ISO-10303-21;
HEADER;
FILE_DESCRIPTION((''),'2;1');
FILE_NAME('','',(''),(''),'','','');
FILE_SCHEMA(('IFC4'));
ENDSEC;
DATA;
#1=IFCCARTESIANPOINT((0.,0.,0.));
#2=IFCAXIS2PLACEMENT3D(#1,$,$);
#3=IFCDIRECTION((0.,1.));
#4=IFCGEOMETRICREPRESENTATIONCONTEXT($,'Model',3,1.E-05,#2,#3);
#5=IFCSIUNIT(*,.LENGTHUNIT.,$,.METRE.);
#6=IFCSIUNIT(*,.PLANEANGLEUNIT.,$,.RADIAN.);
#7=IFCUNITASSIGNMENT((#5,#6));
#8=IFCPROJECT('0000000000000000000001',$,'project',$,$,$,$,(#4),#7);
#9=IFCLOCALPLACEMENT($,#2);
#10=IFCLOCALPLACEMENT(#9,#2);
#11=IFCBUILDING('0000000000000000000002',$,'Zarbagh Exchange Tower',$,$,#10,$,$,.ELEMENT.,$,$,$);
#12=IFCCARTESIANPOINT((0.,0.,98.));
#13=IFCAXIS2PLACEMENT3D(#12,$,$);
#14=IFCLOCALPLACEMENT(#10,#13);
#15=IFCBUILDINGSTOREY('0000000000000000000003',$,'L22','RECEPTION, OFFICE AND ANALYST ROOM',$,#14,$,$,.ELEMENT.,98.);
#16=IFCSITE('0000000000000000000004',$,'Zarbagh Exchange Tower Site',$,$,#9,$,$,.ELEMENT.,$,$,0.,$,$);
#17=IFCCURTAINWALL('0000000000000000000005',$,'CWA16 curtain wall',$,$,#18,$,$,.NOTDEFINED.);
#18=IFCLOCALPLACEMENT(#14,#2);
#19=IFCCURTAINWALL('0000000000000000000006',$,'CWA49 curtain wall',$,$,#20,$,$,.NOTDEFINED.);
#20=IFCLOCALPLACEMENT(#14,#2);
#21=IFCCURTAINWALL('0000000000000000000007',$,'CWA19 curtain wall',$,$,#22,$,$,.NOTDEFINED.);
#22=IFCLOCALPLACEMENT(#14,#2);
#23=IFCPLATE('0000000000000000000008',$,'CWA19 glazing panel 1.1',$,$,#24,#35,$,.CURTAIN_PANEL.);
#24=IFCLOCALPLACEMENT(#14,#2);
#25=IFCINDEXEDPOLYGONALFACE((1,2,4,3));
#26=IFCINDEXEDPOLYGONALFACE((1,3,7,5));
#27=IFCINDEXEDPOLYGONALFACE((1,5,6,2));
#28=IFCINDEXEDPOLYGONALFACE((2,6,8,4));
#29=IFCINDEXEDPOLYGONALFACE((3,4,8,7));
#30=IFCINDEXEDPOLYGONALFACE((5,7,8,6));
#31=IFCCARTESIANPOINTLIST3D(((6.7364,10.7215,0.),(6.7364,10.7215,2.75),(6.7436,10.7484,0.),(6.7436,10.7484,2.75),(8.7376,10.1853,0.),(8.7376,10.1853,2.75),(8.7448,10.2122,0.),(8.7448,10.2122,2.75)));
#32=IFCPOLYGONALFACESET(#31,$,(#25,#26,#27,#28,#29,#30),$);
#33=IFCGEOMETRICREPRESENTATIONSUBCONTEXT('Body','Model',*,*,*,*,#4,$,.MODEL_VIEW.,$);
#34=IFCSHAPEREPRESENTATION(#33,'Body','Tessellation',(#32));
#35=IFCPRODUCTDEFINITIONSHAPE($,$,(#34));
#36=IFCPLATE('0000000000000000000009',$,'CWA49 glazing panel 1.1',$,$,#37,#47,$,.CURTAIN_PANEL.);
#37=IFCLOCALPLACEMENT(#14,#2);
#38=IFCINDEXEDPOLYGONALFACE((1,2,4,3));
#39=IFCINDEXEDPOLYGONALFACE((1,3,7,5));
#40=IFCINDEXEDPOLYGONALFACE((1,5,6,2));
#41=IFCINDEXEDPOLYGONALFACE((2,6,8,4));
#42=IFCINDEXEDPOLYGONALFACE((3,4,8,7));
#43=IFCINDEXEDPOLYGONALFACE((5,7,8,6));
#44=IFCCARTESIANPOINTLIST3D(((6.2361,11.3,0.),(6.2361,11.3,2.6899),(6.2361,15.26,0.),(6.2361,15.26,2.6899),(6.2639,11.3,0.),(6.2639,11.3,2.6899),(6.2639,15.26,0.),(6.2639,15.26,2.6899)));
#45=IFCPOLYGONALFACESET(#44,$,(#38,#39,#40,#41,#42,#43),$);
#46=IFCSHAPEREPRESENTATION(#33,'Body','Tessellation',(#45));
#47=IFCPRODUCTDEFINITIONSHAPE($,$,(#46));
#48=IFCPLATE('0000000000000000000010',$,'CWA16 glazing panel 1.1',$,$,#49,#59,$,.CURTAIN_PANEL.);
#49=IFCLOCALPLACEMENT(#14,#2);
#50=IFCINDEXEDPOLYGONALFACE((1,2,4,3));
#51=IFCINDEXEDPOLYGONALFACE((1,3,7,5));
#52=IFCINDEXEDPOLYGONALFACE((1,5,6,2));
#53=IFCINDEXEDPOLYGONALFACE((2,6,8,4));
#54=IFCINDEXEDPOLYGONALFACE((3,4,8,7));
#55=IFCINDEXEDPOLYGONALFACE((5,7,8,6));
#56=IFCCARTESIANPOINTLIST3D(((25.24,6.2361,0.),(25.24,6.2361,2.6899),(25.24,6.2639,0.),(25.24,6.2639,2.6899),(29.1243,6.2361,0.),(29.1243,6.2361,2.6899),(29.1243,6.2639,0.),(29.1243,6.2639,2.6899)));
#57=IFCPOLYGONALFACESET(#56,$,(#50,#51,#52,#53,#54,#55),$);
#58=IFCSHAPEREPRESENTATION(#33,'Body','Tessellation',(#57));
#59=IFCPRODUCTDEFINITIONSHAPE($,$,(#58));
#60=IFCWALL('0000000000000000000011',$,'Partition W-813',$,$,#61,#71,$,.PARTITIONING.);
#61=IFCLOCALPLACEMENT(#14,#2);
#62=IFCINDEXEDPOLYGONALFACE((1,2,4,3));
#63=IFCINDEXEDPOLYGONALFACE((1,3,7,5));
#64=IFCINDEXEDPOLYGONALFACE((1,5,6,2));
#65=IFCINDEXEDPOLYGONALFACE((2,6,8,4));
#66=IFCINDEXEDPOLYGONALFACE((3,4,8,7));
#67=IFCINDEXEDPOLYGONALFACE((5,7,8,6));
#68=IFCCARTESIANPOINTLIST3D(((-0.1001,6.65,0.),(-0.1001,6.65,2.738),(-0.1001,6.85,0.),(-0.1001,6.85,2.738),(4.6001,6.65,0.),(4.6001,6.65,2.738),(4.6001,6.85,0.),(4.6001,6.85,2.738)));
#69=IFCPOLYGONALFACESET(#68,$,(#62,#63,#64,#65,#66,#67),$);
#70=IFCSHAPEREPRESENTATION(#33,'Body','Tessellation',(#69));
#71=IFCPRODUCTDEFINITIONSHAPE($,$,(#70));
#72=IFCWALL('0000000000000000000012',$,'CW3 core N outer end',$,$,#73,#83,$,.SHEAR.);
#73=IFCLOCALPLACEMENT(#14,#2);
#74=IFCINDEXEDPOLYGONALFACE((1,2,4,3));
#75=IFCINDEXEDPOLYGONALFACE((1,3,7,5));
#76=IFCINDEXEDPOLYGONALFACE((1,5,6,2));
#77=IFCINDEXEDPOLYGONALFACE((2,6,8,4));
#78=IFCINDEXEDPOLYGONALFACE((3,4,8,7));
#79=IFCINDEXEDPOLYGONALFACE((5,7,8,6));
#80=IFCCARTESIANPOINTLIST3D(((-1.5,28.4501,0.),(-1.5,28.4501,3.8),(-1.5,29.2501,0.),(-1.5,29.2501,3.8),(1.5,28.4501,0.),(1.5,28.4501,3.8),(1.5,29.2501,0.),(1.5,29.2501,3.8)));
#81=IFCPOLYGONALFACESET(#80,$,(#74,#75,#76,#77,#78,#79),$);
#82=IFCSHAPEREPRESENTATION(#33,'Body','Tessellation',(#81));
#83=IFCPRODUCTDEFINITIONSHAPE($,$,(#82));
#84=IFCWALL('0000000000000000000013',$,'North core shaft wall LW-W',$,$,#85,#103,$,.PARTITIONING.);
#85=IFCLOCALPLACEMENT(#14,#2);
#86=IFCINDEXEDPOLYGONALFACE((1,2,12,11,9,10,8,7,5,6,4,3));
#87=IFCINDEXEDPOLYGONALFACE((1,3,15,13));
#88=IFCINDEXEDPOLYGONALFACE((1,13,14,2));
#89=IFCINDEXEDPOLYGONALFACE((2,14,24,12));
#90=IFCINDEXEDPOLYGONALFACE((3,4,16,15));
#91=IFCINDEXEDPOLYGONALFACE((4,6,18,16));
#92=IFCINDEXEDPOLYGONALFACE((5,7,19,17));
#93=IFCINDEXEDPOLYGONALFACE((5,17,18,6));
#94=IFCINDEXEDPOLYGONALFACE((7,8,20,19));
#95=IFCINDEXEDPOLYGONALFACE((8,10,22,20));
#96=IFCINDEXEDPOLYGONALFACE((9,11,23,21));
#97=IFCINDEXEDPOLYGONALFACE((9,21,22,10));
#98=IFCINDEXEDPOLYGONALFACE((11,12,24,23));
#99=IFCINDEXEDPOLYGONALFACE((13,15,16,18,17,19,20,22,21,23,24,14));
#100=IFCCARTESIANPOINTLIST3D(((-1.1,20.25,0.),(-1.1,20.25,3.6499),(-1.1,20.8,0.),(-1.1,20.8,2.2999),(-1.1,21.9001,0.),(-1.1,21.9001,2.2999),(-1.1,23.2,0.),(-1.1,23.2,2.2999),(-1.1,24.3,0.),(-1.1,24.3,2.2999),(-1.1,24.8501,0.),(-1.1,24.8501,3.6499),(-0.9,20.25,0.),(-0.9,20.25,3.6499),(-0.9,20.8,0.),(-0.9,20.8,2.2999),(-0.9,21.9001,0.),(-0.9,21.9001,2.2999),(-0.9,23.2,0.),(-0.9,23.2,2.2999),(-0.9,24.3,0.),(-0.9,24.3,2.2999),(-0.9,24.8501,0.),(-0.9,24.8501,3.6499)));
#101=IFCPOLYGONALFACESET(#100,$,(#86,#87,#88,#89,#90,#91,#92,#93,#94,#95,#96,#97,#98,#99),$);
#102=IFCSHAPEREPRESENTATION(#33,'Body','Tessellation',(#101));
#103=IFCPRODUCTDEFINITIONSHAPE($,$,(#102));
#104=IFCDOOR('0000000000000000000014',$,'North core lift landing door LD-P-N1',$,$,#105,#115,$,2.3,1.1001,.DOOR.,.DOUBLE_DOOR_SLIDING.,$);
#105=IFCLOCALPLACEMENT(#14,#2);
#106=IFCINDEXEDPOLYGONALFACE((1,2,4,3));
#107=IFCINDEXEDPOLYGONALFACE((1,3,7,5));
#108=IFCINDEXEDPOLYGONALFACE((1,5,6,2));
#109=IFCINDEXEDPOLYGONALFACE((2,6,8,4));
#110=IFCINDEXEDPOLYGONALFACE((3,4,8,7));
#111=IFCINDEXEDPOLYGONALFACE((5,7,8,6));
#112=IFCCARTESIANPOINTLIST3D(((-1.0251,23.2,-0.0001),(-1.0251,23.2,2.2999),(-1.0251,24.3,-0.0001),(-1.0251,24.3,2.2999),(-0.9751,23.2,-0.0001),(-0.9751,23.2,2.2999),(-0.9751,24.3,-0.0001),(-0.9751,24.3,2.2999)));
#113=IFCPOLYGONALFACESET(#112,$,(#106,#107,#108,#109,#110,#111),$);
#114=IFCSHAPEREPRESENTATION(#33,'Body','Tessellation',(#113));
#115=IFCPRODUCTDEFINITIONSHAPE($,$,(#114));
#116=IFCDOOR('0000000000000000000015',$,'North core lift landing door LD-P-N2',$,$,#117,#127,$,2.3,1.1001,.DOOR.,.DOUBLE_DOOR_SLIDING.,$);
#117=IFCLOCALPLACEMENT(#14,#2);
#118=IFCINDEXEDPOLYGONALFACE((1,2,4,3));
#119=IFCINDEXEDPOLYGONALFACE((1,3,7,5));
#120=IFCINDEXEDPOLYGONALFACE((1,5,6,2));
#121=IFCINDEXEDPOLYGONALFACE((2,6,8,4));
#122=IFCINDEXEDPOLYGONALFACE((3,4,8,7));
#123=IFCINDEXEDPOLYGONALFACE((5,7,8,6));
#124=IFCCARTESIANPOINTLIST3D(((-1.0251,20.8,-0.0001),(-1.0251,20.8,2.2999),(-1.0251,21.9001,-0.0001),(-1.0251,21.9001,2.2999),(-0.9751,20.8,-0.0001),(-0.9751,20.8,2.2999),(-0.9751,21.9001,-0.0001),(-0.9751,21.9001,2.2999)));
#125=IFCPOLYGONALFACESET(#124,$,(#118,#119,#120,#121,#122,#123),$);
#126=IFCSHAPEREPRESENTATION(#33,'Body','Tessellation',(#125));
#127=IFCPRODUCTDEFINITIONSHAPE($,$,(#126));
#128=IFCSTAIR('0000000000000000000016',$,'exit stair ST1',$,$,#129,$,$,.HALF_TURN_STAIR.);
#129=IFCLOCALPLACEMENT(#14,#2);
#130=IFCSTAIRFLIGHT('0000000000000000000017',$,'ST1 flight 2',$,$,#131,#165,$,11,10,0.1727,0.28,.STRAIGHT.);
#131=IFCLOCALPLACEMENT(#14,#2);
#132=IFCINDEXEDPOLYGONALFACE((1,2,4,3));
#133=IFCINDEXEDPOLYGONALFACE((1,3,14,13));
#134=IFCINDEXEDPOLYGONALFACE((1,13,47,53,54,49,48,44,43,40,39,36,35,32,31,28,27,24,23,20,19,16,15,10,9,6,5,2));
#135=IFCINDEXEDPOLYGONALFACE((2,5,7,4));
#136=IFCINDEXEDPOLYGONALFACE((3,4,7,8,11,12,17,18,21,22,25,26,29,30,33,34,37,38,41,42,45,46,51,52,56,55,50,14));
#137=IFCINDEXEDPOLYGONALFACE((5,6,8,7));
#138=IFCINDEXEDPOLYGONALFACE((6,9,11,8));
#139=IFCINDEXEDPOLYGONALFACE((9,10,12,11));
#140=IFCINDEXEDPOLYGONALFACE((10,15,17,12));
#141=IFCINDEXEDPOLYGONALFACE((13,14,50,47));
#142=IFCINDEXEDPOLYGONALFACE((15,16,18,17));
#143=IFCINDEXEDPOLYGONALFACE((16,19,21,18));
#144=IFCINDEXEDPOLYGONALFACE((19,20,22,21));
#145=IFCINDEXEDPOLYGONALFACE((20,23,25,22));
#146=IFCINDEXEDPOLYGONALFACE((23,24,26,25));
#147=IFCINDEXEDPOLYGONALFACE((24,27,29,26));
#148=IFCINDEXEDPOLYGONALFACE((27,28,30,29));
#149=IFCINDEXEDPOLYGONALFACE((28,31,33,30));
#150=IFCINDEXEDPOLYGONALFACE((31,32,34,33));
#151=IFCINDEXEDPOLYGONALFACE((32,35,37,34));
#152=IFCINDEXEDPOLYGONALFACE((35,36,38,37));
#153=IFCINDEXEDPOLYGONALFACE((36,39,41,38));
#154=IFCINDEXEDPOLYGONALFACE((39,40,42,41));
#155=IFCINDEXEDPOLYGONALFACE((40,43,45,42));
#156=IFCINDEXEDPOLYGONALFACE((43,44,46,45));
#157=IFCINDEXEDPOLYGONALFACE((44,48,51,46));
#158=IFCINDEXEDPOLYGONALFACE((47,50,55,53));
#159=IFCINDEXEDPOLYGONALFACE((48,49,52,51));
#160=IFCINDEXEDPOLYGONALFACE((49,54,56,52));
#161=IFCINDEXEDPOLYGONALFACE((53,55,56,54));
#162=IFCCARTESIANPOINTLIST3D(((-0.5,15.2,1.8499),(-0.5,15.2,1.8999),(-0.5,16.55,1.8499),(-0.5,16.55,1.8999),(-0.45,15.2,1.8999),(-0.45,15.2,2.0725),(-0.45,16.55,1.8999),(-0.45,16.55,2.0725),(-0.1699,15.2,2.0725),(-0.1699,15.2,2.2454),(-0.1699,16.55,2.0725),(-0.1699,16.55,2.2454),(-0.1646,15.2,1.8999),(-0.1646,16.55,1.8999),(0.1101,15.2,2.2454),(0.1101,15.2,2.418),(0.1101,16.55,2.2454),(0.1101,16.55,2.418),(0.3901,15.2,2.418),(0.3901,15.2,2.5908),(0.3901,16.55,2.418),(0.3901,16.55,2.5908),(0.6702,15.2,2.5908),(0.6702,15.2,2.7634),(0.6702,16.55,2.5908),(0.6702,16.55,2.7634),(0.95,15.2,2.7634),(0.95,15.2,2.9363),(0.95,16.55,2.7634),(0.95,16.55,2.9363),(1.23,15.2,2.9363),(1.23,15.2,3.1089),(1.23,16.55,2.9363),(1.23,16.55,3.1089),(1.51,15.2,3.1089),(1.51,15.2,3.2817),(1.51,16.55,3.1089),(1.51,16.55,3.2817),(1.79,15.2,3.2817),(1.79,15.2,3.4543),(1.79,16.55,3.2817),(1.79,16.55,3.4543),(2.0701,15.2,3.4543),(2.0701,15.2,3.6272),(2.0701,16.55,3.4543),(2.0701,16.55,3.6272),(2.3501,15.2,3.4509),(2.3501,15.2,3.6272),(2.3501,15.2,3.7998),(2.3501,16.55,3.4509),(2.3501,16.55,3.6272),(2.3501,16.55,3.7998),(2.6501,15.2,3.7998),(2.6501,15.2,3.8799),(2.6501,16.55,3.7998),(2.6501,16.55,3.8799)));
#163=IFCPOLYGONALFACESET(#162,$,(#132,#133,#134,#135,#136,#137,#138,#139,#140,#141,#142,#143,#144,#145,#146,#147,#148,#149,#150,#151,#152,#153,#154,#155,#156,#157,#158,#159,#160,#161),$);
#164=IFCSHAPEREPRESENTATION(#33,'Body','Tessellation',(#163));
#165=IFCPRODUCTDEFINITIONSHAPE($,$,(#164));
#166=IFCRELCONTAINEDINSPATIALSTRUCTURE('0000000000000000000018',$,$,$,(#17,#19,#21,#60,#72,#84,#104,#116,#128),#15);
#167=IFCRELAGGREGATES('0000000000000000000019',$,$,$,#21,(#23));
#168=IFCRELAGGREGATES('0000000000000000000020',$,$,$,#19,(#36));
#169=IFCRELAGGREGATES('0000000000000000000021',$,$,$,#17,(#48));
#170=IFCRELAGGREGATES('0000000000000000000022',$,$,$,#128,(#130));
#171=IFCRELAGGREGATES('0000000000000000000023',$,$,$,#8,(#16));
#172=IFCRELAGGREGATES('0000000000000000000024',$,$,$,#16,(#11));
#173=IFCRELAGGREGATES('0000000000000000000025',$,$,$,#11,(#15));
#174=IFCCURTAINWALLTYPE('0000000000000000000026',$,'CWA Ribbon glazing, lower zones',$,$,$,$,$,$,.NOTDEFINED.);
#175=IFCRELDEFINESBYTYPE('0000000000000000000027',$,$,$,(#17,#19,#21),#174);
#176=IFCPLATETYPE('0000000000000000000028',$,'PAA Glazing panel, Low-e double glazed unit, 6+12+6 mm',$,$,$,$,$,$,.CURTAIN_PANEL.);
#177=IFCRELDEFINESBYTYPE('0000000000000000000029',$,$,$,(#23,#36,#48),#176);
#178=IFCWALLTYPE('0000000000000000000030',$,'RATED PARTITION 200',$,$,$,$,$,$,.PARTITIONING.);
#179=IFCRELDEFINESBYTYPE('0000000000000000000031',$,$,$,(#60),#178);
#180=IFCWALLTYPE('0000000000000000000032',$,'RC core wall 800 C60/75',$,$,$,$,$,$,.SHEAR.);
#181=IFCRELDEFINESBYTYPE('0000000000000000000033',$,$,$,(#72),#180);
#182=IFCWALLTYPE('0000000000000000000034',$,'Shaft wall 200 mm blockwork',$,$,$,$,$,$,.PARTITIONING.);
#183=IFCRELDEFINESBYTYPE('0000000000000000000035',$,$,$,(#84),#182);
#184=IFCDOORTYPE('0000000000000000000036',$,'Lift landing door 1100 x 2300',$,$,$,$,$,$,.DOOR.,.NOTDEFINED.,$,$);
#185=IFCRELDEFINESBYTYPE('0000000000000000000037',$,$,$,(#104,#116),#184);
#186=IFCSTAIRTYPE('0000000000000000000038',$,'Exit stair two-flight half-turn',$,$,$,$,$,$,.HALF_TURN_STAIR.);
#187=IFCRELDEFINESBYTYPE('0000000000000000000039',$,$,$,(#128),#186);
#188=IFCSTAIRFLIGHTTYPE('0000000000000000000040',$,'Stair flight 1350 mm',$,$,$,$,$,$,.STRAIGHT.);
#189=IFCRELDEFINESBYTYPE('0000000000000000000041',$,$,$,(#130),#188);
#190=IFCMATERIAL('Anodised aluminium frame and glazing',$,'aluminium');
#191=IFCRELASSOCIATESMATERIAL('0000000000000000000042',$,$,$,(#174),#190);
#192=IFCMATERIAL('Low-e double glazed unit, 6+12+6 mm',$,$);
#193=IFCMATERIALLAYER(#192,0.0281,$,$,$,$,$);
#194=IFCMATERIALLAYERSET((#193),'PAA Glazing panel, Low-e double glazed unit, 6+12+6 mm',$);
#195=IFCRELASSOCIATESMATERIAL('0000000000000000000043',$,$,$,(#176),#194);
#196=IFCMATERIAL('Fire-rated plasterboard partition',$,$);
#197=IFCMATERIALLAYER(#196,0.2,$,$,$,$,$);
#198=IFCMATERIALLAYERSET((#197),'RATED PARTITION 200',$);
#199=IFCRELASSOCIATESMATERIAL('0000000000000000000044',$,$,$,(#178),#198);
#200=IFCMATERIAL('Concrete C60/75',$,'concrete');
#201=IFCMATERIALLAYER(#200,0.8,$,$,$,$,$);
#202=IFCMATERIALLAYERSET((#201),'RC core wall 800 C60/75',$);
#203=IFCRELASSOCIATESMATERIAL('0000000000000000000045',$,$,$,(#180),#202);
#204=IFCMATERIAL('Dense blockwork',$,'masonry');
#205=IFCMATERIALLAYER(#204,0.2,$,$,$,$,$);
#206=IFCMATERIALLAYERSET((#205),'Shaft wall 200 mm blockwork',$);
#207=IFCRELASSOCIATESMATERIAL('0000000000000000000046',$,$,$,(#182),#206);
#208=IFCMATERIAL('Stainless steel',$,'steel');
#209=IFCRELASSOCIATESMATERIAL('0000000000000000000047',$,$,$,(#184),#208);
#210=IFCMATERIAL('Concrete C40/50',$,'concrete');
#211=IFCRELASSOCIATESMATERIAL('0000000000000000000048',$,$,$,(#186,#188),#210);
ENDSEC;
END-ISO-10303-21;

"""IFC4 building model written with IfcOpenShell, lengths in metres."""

from ifc_helpers import new_model, si_unit, direction, frame, frame_2d, origin, place, context, subcontext, project, spatial, polyline, rectangle, outline, extrude, source, transform, mapped, material, layer, layer_set, type_object, element, fill, aggregate, save


model = new_model("IFC4")

# Units and contexts
model_context = context("Model", 3, precision=1e-05, world=origin(), true_north=direction((0.0, 1.0)))
body_context = subcontext(model_context, "Body", "Model", "MODEL_VIEW")
ifc_project = project(units=[si_unit("LENGTHUNIT", "METRE"), si_unit("PLANEANGLEUNIT", "RADIAN")], contexts=[model_context])

# Site, building, storey
site_placement = place(None, origin())
site = spatial("IfcSite", under=ifc_project, at=site_placement, Name="Zarbagh Exchange Tower Site", CompositionType="ELEMENT", RefElevation=0.0)
building_placement = place(site_placement, origin())
building = spatial("IfcBuilding", under=site, at=building_placement, Name="Zarbagh Exchange Tower", CompositionType="ELEMENT")
storey_placement = place(building_placement, frame((0.0, 0.0, 98.0)))
storey = spatial("IfcBuildingStorey", under=building, at=storey_placement, Name="L22", Description="RECEPTION, OFFICE AND ANALYST ROOM", CompositionType="ELEMENT", Elevation=98.0)

# Curtain wall
ifc_material_1 = material(Name="Anodised aluminium frame and glazing", Category="aluminium")
curtain_wall_type = type_object("IfcCurtainWallType", Name="CWA Ribbon glazing, lower zones", PredefinedType="NOTDEFINED", material=ifc_material_1)
curtain_wall_1_placement = place(storey_placement, origin())
curtain_wall_1 = element("IfcCurtainWall", 1, at=curtain_wall_1_placement, inside=storey, type_object=curtain_wall_type, Name="CWA16 curtain wall", PredefinedType="NOTDEFINED")
placement = place(storey_placement, origin())

# Curtain wall
curtain_wall_2_placement = place(storey_placement, origin())
curtain_wall_2 = element("IfcCurtainWall", 2, at=curtain_wall_2_placement, inside=storey, type_object=curtain_wall_type, Name="CWA49 curtain wall", PredefinedType="NOTDEFINED")

# Shared definitions
ifc_material_2 = material(Name="Low-e double glazed unit, 6+12+6 mm")
ifc_layer_1 = layer(ifc_material_2, 0.0281)
ifc_layer_set_1 = layer_set([ifc_layer_1], Name="PAA Glazing panel, Low-e double glazed unit, 6+12+6 mm")
plate_type = type_object("IfcPlateType", Name="PAA Glazing panel, Low-e double glazed unit, 6+12+6 mm", PredefinedType="CURTAIN_PANEL", material=ifc_layer_set_1)

# Curtain wall, plate
curtain_wall_3_placement = place(storey_placement, origin())
curtain_wall_3 = element("IfcCurtainWall", 3, at=curtain_wall_3_placement, inside=storey, type_object=curtain_wall_type, Name="CWA19 curtain wall", PredefinedType="NOTDEFINED")
shared_shape_1 = source(origin(), body_context, "Body", "SweptSolid", [
    extrude(outline(polyline([(0.0, -0.0139), (2.0718, -0.0139), (2.0718, 0.0139), (0.0, 0.0139), (0.0, -0.0139)])), origin(), (0.0, 0.0, 1.0), 2.75),
])
plate_1 = element("IfcPlate", 4, at=placement, type_object=plate_type, Name="CWA19 glazing panel 1.1", PredefinedType="CURTAIN_PANEL", context=body_context, shape_type="MappedRepresentation", body=[
    mapped(shared_shape_1, transform((8.7412, 10.1987, 0.0), x_axis=(-0.965924, 0.258825, 0.0), y_axis=(-0.258825, -0.965924, 0.0), z_axis=(0.0, 0.0, 1.0))),
])
aggregate(curtain_wall_3, [plate_1])

# Plates
shared_shape_2 = source(origin(), body_context, "Body", "SweptSolid", [
    extrude(outline(polyline([(0.0, -0.0139), (3.96, -0.0139), (3.96, 0.0139), (0.0, 0.0139), (0.0, -0.0139)])), origin(), (0.0, 0.0, 1.0), 2.6899),
])
plate_2 = element("IfcPlate", 5, at=placement, type_object=plate_type, Name="CWA49 glazing panel 1.1", PredefinedType="CURTAIN_PANEL", context=body_context, shape_type="MappedRepresentation", body=[
    mapped(shared_shape_2, transform((6.25, 11.3, 0.0), x_axis=(0.0, 1.0, 0.0), y_axis=(-1.0, 0.0, 0.0), z_axis=(0.0, 0.0, 1.0))),
])
aggregate(curtain_wall_2, [plate_2])
shared_shape_3 = source(origin(), body_context, "Body", "SweptSolid", [
    extrude(outline(polyline([(0.0, -0.0139), (3.8843, -0.0139), (3.8843, 0.0139), (0.0, 0.0139), (0.0, -0.0139)])), origin(), (0.0, 0.0, 1.0), 2.6899),
])
plate_3 = element("IfcPlate", 6, at=placement, type_object=plate_type, Name="CWA16 glazing panel 1.1", PredefinedType="CURTAIN_PANEL", context=body_context, shape_type="MappedRepresentation", body=[
    mapped(shared_shape_3, transform((29.1243, 6.25, 0.0), x_axis=(-1.0, 0.0, 0.0), y_axis=(0.0, -1.0, 0.0), z_axis=(0.0, 0.0, 1.0))),
])
aggregate(curtain_wall_1, [plate_3])

# Walls
ifc_material_3 = material(Name="Fire-rated plasterboard partition")
ifc_layer_2 = layer(ifc_material_3, 0.2)
ifc_layer_set_2 = layer_set([ifc_layer_2], Name="RATED PARTITION 200")
wall_type_1 = type_object("IfcWallType", Name="RATED PARTITION 200", PredefinedType="PARTITIONING", material=ifc_layer_set_2)
wall_1_placement = place(storey_placement, frame((-0.1001, 6.75, 0.0), z_axis=(0.0, 0.0, 1.0), x_axis=(1.0, 0.0, 0.0)))
element("IfcWall", 7, at=wall_1_placement, inside=storey, type_object=wall_type_1, Name="Partition W-813", PredefinedType="PARTITIONING", context=body_context, shape_type="SweptSolid", body=[
    extrude(rectangle(XDim=4.7002, YDim=0.2, at=frame_2d((2.3501, 0.0))), origin(), (0.0, 0.0, 1.0), 2.738),
])
ifc_material_4 = material(Name="Concrete C60/75", Category="concrete")
ifc_layer_3 = layer(ifc_material_4, 0.8)
ifc_layer_set_3 = layer_set([ifc_layer_3], Name="RC core wall 800 C60/75")
wall_type_2 = type_object("IfcWallType", Name="RC core wall 800 C60/75", PredefinedType="SHEAR", material=ifc_layer_set_3)
wall_2_placement = place(storey_placement, frame((-1.5, 28.8501, 0.0), z_axis=(0.0, 0.0, 1.0), x_axis=(1.0, 0.0, 0.0)))
element("IfcWall", 8, at=wall_2_placement, inside=storey, type_object=wall_type_2, Name="CW3 core N outer end", PredefinedType="SHEAR", context=body_context, shape_type="SweptSolid", body=[
    extrude(rectangle(XDim=3.0, YDim=0.8, at=frame_2d((1.5, 0.0))), origin(), (0.0, 0.0, 1.0), 3.8),
])

# Wall, openings, doors
ifc_material_5 = material(Name="Dense blockwork", Category="masonry")
ifc_layer_4 = layer(ifc_material_5, 0.2)
ifc_layer_set_4 = layer_set([ifc_layer_4], Name="Shaft wall 200 mm blockwork")
wall_type_3 = type_object("IfcWallType", Name="Shaft wall 200 mm blockwork", PredefinedType="PARTITIONING", material=ifc_layer_set_4)
wall_3_placement = place(storey_placement, frame((-1.0, 24.8501, 0.0), z_axis=(0.0, 0.0, 1.0), x_axis=(0.0, -1.0, 0.0)))
wall_3 = element("IfcWall", 9, at=wall_3_placement, inside=storey, type_object=wall_type_3, Name="North core shaft wall LW-W", PredefinedType="PARTITIONING", context=body_context, shape_type="SweptSolid", body=[
    extrude(rectangle(XDim=4.6001, YDim=0.2, at=frame_2d((2.3, 0.0))), origin(), (0.0, 0.0, 1.0), 3.6499),
])
opening_1_placement = place(wall_3_placement, frame((0.55, 0.0, 0.0)))
opening_1 = element("IfcOpeningElement", 10, at=opening_1_placement, cuts=wall_3, PredefinedType="OPENING", context=body_context, shape_type="SweptSolid", body=[
    extrude(rectangle(XDim=1.1001, YDim=2.3, at=frame_2d((0.55, 1.1499))), frame((0.0, 0.1099, 0.0), z_axis=(0.0, -1.0, 0.0), x_axis=(1.0, 0.0, 0.0)), (0.0, 0.0, 1.0), 0.22),
])
opening_2_placement = place(wall_3_placement, frame((2.95, 0.0, 0.0)))
opening_2 = element("IfcOpeningElement", 11, at=opening_2_placement, cuts=wall_3, PredefinedType="OPENING", context=body_context, shape_type="SweptSolid", body=[
    extrude(rectangle(XDim=1.1001, YDim=2.3, at=frame_2d((0.55, 1.1499))), frame((0.0, 0.1099, 0.0), z_axis=(0.0, -1.0, 0.0), x_axis=(1.0, 0.0, 0.0)), (0.0, 0.0, 1.0), 0.22),
])
ifc_material_6 = material(Name="Stainless steel", Category="steel")
door_type = type_object("IfcDoorType", Name="Lift landing door 1100 x 2300", OperationType="NOTDEFINED", PredefinedType="DOOR", material=ifc_material_6)
door_1_placement = place(opening_1_placement, origin())
door_1 = element("IfcDoor", 12, at=door_1_placement, inside=storey, type_object=door_type, Name="North core lift landing door LD-P-N1", OperationType="DOUBLE_DOOR_SLIDING", OverallHeight=2.3, OverallWidth=1.1001, PredefinedType="DOOR", context=body_context, shape_type="SweptSolid", body=[
    extrude(rectangle(XDim=1.1001, YDim=2.3, at=frame_2d((0.55, 1.1499))), frame((0.0, 0.0249, 0.0), z_axis=(0.0, -1.0, 0.0), x_axis=(1.0, 0.0, 0.0)), (0.0, 0.0, 1.0), 0.05),
])
fill(opening_1, door_1)
door_2_placement = place(opening_2_placement, origin())
door_2 = element("IfcDoor", 13, at=door_2_placement, inside=storey, type_object=door_type, Name="North core lift landing door LD-P-N2", OperationType="DOUBLE_DOOR_SLIDING", OverallHeight=2.3, OverallWidth=1.1001, PredefinedType="DOOR", context=body_context, shape_type="SweptSolid", body=[
    extrude(rectangle(XDim=1.1001, YDim=2.3, at=frame_2d((0.55, 1.1499))), frame((0.0, 0.0249, 0.0), z_axis=(0.0, -1.0, 0.0), x_axis=(1.0, 0.0, 0.0)), (0.0, 0.0, 1.0), 0.05),
])
fill(opening_2, door_2)

# Stair, stair flight
ifc_material_7 = material(Name="Concrete C40/50", Category="concrete")
stair_type = type_object("IfcStairType", Name="Exit stair two-flight half-turn", PredefinedType="HALF_TURN_STAIR", material=ifc_material_7)
stair_placement = place(storey_placement, origin())
stair = element("IfcStair", 14, at=stair_placement, inside=storey, type_object=stair_type, Name="exit stair ST1", PredefinedType="HALF_TURN_STAIR")
stair_flight_type = type_object("IfcStairFlightType", Name="Stair flight 1350 mm", PredefinedType="STRAIGHT", material=ifc_material_7)
stair_flight_placement = place(storey_placement, frame((-0.45, 15.875, 1.8999), z_axis=(0.0, 0.0, 1.0), x_axis=(1.0, 0.0, 0.0)))
stair_flight = element("IfcStairFlight", 15, at=stair_flight_placement, type_object=stair_flight_type, Name="ST1 flight 2", NumberOfRisers=11, NumberOfTreads=10, PredefinedType="STRAIGHT", RiserHeight=0.1727, TreadLength=0.28, context=body_context, shape_type="SweptSolid", body=[
    extrude(outline(polyline([(-0.05, -0.05), (-0.05, 0.0), (0.0, 0.0), (0.0, 0.1726), (0.28, 0.1726), (0.28, 0.3455), (0.5601, 0.3455), (0.5601, 0.5181), (0.8401, 0.5181), (0.8401, 0.6909), (1.1201, 0.6909), (1.1201, 0.8635), (1.3999, 0.8635), (1.3999, 1.0364), (1.6799, 1.0364), (1.6799, 1.209), (1.96, 1.209), (1.96, 1.3818), (2.24, 1.3818), (2.24, 1.5544), (2.52, 1.5544), (2.52, 1.7273), (2.8, 1.7273), (2.8, 1.8999), (3.1001, 1.98), (3.1001, 1.8999), (2.8, 1.551), (0.2854, 0.0), (-0.05, -0.05)])), frame((0.0, 0.675, 0.0), z_axis=(0.0, -1.0, 0.0), x_axis=(1.0, 0.0, 0.0)), (0.0, 0.0, 1.0), 1.3501),
])
aggregate(stair, [stair_flight])

save(model, "model.ifc")
